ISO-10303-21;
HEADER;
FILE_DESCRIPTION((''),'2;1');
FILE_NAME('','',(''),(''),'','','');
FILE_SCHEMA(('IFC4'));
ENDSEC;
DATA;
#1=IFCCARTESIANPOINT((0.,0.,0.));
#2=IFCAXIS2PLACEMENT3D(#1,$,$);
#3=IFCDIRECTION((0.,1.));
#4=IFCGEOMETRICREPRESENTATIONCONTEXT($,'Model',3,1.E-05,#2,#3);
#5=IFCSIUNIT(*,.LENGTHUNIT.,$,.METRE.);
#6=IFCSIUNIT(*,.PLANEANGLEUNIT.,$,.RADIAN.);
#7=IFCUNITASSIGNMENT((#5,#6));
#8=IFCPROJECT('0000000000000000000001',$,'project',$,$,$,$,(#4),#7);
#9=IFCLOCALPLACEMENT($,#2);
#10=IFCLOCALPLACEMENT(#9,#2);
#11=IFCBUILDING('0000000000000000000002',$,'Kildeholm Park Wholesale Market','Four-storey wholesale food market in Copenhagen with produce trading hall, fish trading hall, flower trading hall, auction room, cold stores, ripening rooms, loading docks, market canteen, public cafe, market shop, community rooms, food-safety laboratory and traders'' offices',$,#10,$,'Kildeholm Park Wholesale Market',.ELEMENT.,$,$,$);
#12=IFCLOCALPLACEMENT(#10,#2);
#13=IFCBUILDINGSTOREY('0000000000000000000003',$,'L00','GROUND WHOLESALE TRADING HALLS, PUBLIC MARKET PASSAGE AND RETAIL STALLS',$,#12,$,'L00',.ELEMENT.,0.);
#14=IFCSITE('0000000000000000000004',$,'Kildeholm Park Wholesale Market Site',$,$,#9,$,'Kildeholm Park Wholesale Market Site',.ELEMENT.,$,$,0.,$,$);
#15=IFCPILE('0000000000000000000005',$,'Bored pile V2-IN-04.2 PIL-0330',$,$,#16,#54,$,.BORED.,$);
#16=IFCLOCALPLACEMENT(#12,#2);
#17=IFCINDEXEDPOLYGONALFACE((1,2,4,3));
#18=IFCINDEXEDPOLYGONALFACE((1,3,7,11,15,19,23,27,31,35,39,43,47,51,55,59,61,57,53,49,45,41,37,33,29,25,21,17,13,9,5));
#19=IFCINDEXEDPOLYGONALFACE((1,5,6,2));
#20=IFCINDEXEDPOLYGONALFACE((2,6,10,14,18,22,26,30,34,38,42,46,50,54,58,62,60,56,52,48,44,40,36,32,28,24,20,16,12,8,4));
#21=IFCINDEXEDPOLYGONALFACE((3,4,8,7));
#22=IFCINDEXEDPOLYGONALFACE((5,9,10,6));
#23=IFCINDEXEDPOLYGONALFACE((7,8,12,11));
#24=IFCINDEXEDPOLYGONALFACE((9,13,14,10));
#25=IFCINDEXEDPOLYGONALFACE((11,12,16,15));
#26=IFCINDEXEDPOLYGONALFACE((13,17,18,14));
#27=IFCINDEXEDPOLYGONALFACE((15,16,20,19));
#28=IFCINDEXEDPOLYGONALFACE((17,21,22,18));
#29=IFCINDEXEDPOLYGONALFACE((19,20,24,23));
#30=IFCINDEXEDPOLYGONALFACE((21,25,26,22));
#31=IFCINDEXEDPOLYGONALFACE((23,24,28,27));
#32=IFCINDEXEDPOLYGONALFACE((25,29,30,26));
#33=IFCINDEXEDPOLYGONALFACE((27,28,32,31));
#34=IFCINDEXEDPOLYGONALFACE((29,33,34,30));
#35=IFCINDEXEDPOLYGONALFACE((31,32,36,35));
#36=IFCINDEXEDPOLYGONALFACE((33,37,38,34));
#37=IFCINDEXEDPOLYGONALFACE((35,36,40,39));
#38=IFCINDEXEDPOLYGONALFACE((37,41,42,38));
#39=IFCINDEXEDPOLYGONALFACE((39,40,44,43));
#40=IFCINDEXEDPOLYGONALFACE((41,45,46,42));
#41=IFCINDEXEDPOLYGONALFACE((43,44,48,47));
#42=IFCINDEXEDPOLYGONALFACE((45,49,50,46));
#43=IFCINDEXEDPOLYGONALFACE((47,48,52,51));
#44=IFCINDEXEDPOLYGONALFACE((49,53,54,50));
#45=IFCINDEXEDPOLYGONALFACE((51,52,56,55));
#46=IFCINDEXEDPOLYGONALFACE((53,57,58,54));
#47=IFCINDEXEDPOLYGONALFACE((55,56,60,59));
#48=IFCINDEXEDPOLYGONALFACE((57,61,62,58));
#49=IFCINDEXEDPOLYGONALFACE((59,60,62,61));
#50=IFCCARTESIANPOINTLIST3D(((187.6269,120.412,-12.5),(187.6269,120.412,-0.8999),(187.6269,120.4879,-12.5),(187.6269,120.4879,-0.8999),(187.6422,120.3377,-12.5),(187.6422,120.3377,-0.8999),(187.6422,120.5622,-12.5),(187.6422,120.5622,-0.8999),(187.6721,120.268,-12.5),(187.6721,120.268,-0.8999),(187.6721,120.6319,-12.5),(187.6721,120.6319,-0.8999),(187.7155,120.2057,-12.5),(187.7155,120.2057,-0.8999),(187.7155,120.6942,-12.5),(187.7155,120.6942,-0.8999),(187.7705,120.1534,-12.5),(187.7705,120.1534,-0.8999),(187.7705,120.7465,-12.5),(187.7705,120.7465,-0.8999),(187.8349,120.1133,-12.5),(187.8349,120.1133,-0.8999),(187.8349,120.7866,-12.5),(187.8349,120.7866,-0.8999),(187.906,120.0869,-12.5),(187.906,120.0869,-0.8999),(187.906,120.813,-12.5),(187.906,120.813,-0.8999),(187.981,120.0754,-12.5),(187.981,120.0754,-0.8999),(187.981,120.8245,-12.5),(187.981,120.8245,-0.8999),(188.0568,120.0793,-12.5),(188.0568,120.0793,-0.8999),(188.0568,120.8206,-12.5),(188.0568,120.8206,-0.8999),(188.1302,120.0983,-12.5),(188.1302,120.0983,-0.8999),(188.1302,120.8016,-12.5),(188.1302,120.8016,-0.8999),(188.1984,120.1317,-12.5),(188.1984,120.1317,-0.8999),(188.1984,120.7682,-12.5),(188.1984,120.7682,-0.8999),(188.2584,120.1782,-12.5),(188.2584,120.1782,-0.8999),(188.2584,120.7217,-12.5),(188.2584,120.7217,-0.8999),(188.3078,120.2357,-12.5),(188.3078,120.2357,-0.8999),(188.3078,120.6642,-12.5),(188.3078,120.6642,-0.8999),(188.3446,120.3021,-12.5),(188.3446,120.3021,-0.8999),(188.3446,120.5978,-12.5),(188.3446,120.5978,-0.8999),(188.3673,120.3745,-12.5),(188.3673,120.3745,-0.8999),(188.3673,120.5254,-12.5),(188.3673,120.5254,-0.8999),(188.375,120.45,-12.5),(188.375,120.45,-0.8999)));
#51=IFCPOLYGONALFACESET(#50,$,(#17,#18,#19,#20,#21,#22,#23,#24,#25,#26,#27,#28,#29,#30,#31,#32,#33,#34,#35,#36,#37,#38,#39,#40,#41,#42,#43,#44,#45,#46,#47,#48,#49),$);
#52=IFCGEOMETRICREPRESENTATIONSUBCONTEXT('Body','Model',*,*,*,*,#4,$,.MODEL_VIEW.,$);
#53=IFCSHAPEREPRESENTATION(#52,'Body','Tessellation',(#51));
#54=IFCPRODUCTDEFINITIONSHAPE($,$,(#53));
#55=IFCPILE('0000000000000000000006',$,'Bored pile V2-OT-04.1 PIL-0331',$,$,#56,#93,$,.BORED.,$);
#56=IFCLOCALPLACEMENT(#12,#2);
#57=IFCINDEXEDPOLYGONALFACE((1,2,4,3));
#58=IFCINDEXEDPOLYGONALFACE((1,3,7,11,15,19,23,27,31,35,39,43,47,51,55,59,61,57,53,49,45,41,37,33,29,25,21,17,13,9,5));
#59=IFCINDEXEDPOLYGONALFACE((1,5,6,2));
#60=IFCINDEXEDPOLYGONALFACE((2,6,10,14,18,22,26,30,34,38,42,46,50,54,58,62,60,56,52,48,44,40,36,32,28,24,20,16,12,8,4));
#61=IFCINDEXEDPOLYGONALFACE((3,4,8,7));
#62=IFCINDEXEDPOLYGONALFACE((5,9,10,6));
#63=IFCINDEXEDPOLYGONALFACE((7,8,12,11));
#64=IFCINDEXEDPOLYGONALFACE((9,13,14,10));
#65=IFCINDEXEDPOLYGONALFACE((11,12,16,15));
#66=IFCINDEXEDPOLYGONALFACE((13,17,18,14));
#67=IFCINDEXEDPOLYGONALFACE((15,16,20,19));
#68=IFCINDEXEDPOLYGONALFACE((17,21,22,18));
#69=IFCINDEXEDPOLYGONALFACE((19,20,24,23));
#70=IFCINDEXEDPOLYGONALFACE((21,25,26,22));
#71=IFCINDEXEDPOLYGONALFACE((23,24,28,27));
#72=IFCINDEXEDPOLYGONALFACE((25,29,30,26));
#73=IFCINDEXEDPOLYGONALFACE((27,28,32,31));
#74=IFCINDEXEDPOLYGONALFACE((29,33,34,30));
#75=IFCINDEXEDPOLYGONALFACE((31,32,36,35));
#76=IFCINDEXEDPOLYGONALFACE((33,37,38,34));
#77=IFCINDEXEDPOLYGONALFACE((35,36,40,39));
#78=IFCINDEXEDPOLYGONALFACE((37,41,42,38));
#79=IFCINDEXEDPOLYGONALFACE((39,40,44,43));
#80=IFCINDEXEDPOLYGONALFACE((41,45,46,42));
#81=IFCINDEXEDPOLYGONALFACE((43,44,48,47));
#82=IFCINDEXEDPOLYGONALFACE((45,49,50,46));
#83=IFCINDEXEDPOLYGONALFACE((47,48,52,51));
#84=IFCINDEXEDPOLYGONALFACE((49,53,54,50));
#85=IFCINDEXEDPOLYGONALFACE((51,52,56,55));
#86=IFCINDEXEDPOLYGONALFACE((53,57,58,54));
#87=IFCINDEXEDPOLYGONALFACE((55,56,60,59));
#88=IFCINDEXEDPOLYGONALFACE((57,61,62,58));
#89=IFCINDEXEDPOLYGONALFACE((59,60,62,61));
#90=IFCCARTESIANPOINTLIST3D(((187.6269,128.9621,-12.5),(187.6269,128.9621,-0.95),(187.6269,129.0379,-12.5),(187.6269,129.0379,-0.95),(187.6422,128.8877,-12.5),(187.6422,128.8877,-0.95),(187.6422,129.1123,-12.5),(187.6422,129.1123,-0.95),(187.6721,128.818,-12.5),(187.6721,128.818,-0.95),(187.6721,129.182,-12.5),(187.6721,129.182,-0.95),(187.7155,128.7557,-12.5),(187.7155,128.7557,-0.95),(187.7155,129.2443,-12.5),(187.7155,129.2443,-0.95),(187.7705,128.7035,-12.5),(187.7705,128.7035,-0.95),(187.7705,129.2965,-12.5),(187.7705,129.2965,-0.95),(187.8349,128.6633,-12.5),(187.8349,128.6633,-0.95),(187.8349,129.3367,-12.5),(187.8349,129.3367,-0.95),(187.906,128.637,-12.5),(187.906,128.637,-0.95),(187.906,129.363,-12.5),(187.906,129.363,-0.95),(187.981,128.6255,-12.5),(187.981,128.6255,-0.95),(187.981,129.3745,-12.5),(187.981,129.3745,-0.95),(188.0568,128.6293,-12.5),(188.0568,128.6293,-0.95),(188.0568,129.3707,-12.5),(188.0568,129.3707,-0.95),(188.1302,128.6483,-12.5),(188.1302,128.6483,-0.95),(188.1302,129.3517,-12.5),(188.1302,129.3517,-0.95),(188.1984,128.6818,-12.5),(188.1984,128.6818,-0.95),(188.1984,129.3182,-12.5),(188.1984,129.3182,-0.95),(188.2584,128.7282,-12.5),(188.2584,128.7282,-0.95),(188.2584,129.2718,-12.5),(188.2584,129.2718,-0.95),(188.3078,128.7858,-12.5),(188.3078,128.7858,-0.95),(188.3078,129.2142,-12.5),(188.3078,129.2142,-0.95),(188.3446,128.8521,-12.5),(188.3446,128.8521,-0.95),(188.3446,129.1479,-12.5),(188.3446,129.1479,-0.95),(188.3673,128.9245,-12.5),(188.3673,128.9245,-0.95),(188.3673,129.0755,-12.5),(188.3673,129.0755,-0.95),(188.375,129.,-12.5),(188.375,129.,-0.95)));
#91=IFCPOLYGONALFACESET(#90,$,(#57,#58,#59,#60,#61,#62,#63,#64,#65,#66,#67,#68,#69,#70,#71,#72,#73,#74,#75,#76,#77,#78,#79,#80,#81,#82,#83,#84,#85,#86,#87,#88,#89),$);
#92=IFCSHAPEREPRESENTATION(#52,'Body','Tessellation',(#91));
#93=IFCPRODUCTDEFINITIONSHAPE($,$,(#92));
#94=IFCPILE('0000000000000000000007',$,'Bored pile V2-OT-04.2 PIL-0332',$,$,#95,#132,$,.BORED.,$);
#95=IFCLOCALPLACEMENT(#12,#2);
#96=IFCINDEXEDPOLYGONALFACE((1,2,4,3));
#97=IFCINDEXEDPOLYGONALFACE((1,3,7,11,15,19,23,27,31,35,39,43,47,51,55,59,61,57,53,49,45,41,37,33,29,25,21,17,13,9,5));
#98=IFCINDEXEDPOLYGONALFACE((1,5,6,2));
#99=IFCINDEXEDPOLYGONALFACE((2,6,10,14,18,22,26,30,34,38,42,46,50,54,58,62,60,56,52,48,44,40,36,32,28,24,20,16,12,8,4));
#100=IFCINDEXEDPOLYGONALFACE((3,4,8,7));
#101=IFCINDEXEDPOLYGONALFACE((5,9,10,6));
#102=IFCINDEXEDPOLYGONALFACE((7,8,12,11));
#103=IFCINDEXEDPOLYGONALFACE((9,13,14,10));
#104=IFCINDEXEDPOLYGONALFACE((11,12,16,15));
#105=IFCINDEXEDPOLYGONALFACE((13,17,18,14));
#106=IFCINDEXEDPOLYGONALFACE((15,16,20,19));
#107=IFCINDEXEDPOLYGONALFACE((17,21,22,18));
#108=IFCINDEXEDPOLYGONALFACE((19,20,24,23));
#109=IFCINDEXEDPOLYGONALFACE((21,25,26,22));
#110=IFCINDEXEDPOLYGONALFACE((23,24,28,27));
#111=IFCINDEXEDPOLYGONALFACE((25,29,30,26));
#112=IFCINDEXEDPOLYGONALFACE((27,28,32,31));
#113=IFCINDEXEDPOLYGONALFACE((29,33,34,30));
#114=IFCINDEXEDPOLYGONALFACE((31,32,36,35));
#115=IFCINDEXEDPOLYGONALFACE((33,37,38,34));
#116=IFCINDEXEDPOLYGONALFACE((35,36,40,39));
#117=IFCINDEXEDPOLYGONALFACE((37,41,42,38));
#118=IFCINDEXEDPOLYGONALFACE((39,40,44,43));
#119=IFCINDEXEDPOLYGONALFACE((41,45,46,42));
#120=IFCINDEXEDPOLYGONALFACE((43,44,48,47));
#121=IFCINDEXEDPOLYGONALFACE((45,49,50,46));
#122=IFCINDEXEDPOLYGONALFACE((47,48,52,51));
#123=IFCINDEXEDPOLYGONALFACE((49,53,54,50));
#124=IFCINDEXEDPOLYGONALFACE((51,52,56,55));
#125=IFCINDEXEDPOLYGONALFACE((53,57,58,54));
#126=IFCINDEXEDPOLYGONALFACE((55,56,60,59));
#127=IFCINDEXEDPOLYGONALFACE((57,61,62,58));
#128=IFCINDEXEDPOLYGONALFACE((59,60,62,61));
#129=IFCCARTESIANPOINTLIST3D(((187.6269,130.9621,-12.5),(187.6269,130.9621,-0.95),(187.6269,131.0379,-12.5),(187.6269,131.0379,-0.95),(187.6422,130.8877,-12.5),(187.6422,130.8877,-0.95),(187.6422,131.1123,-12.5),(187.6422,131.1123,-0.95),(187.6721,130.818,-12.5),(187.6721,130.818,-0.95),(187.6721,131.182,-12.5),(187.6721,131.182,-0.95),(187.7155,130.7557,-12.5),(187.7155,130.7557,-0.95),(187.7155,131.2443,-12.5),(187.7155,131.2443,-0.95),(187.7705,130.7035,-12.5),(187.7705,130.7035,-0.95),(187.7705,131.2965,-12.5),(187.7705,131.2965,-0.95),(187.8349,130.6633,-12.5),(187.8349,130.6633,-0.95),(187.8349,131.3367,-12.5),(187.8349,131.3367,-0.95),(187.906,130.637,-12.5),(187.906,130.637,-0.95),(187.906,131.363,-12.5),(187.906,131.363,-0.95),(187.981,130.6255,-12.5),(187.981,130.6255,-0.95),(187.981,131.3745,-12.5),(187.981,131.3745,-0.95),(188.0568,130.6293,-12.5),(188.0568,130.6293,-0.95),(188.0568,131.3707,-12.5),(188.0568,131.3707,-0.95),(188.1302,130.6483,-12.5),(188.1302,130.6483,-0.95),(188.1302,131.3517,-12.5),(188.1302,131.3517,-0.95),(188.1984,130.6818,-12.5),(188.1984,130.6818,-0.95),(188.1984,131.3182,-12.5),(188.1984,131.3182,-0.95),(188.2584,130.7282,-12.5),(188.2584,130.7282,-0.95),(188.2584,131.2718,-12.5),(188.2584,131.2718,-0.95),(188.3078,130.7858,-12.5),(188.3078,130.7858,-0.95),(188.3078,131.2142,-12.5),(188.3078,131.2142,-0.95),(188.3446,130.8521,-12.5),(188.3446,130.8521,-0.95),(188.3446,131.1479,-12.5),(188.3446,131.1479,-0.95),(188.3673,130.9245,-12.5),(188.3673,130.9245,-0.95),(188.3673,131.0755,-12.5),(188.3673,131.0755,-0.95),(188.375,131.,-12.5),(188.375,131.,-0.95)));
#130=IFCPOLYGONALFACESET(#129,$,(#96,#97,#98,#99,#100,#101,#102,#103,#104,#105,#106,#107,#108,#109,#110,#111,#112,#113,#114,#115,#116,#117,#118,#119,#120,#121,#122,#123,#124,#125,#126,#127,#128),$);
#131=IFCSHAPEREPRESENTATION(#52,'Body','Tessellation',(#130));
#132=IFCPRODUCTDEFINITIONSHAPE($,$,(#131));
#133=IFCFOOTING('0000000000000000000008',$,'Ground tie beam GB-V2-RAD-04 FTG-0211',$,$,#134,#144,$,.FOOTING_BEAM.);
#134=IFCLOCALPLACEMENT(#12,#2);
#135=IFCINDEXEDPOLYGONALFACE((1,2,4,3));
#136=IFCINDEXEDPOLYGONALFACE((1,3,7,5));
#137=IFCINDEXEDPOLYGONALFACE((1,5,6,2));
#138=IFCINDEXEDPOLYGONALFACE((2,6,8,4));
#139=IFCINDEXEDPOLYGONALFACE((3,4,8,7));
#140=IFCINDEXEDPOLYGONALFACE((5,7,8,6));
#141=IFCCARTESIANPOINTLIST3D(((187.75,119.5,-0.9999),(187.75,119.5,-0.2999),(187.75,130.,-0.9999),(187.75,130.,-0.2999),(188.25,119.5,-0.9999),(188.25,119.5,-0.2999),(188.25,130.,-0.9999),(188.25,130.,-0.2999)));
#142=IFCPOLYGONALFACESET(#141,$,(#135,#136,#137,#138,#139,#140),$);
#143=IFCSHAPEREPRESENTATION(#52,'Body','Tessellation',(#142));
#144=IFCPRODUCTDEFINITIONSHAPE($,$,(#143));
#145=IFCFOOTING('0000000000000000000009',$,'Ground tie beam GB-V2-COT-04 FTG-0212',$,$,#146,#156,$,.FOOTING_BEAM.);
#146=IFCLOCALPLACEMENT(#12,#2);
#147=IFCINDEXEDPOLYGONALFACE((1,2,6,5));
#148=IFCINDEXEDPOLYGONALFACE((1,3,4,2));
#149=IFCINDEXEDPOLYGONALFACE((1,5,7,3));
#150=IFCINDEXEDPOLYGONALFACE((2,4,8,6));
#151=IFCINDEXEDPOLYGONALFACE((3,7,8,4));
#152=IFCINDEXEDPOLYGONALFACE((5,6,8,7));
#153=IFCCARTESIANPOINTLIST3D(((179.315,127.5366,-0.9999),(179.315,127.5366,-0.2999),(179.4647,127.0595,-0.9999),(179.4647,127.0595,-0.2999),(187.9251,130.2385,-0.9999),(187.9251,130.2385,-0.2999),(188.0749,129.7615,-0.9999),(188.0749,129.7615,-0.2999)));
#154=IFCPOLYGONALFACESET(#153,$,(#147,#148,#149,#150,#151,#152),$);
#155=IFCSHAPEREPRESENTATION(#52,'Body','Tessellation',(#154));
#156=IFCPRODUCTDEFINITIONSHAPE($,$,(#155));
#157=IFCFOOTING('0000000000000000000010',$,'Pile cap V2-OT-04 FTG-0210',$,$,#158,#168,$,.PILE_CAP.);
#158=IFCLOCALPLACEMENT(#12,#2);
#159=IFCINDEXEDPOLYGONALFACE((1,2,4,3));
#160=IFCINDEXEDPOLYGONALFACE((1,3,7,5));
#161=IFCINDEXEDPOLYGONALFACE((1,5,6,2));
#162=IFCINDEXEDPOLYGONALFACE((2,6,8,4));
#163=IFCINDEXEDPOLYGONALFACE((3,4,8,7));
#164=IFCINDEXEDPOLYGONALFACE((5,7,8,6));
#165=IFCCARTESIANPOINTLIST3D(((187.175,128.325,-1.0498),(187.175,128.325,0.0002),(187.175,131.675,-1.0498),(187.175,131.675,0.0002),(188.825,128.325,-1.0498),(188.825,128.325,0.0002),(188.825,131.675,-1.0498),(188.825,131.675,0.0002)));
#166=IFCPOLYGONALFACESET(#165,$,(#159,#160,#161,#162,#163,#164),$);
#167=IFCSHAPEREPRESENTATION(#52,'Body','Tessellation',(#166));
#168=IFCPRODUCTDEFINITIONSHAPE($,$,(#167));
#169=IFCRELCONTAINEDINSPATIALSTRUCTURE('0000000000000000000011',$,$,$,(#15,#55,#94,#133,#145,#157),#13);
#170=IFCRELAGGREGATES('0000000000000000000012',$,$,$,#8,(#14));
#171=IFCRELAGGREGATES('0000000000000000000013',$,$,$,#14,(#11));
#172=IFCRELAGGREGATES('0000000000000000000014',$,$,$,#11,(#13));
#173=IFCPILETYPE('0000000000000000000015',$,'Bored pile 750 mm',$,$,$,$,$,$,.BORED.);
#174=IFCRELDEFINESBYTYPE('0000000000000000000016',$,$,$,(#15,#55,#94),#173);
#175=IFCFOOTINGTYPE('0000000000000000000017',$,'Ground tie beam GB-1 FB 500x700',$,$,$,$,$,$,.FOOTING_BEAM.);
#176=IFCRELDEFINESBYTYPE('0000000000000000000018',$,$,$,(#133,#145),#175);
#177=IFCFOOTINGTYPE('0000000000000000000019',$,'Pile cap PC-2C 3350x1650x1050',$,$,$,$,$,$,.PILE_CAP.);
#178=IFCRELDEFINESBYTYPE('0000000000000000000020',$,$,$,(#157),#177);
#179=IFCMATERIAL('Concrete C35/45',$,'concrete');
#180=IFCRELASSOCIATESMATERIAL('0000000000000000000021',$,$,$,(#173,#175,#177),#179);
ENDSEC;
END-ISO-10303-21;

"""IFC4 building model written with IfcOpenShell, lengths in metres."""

from ifc_helpers import new_model, si_unit, direction, frame, origin, origin_2d, place, context, subcontext, project, spatial, rectangle, circle, extrude, material, material_profile, profile_set, type_object, element, save


model = new_model("IFC4")

# Units and contexts
model_context = context("Model", 3, precision=1e-05, world=origin(), true_north=direction((0.0, 1.0)))
body_context = subcontext(model_context, "Body", "Model", "MODEL_VIEW")
ifc_project = project(units=[si_unit("LENGTHUNIT", "METRE"), si_unit("PLANEANGLEUNIT", "RADIAN")], contexts=[model_context])

# Site, building, storey
site_placement = place(None, origin())
site = spatial("IfcSite", under=ifc_project, at=site_placement, Name="Kildeholm Park Wholesale Market Site", LongName="Kildeholm Park Wholesale Market Site", CompositionType="ELEMENT", RefElevation=0.0)
building_placement = place(site_placement, origin())
building = spatial("IfcBuilding", under=site, at=building_placement, Name="Kildeholm Park Wholesale Market", Description="Four-storey wholesale food market in Copenhagen with produce trading hall, fish trading hall, flower trading hall, auction room, cold stores, ripening rooms, loading docks, market canteen, public cafe, market shop, community rooms, food-safety laboratory and traders' offices", LongName="Kildeholm Park Wholesale Market", CompositionType="ELEMENT")
storey_placement = place(building_placement, origin())
storey = spatial("IfcBuildingStorey", under=building, at=storey_placement, Name="L00", Description="GROUND WHOLESALE TRADING HALLS, PUBLIC MARKET PASSAGE AND RETAIL STALLS", LongName="L00", CompositionType="ELEMENT", Elevation=0.0)

# Piles
ifc_material_1 = material(Name="Concrete C35/45", Category="concrete")
ifc_material_profile_1 = material_profile(ifc_material_1, circle(Radius=0.375, at=origin_2d()), Name="PILE D750")
ifc_profile_set_1 = profile_set([ifc_material_profile_1], Name="Concrete C35/45")
pile_type = type_object("IfcPileType", Name="Bored pile 750 mm", PredefinedType="BORED", material=ifc_profile_set_1)
pile_placement = place(storey_placement, frame((188.0, 120.45, -0.8999), z_axis=(0.0, 0.0, -1.0), x_axis=(1.0, 0.0, 0.0)))
element("IfcPile", 1, at=pile_placement, inside=storey, type_object=pile_type, Name="Bored pile V2-IN-04.2 PIL-0330", PredefinedType="BORED", context=body_context, shape_type="SweptSolid", body=[
    extrude(circle(Radius=0.375, at=origin_2d()), origin(), (0.0, 0.0, 1.0), 11.6001),
])
for number, where, z_axis, x_axis, name in (
    (2, (188.0, 129.0, -0.95), (0.0, 0.0, -1.0), (1.0, 0.0, 0.0), "Bored pile V2-OT-04.1 PIL-0331"),
    (3, (188.0, 131.0, -0.95), (0.0, 0.0, -1.0), (1.0, 0.0, 0.0), "Bored pile V2-OT-04.2 PIL-0332"),
):
    element("IfcPile", number, at=place(storey_placement, frame(where, z_axis=z_axis, x_axis=x_axis)), inside=storey, type_object=pile_type, Name=name, PredefinedType="BORED", context=body_context, shape_type="SweptSolid", body=[
        extrude(circle(Radius=0.375, at=origin_2d()), origin(), (0.0, 0.0, 1.0), 11.55),
    ])

# Footings
ifc_material_profile_2 = material_profile(ifc_material_1, rectangle(XDim=0.5, YDim=0.7, at=origin_2d()), Name="FB 500x700")
ifc_profile_set_2 = profile_set([ifc_material_profile_2], Name="Concrete C35/45")
footing_type_1 = type_object("IfcFootingType", Name="Ground tie beam GB-1 FB 500x700", PredefinedType="FOOTING_BEAM", material=ifc_profile_set_2)
footing_1_placement = place(storey_placement, frame((188.0, 119.5, -0.6499), z_axis=(0.0, 1.0, 0.0), x_axis=(-1.0, 0.0, 0.0)))
element("IfcFooting", 4, at=footing_1_placement, inside=storey, type_object=footing_type_1, Name="Ground tie beam GB-V2-RAD-04 FTG-0211", PredefinedType="FOOTING_BEAM", context=body_context, shape_type="SweptSolid", body=[
    extrude(rectangle(XDim=0.5, YDim=0.7, at=origin_2d()), origin(), (0.0, 0.0, 1.0), 10.5),
])
footing_2_placement = place(storey_placement, frame((188.0, 130.0, -0.6499), z_axis=(-0.954125, -0.29941, 0.0), x_axis=(0.29941, -0.954125, 0.0)))
element("IfcFooting", 5, at=footing_2_placement, inside=storey, type_object=footing_type_1, Name="Ground tie beam GB-V2-COT-04 FTG-0212", PredefinedType="FOOTING_BEAM", context=body_context, shape_type="SweptSolid", body=[
    extrude(rectangle(XDim=0.5, YDim=0.7, at=origin_2d()), origin(), (0.0, 0.0, 1.0), 9.0242),
])
footing_type_2 = type_object("IfcFootingType", Name="Pile cap PC-2C 3350x1650x1050", PredefinedType="PILE_CAP", material=ifc_material_1)
footing_3_placement = place(storey_placement, frame((188.0, 130.0, -1.0498), z_axis=(0.0, 0.0, 1.0), x_axis=(0.0, 1.0, 0.0)))
element("IfcFooting", 6, at=footing_3_placement, inside=storey, type_object=footing_type_2, Name="Pile cap V2-OT-04 FTG-0210", PredefinedType="PILE_CAP", context=body_context, shape_type="SweptSolid", body=[
    extrude(rectangle(XDim=3.3501, YDim=1.6499, at=origin_2d()), origin(), (0.0, 0.0, 1.0), 1.05),
])

save(model, "model.ifc")
